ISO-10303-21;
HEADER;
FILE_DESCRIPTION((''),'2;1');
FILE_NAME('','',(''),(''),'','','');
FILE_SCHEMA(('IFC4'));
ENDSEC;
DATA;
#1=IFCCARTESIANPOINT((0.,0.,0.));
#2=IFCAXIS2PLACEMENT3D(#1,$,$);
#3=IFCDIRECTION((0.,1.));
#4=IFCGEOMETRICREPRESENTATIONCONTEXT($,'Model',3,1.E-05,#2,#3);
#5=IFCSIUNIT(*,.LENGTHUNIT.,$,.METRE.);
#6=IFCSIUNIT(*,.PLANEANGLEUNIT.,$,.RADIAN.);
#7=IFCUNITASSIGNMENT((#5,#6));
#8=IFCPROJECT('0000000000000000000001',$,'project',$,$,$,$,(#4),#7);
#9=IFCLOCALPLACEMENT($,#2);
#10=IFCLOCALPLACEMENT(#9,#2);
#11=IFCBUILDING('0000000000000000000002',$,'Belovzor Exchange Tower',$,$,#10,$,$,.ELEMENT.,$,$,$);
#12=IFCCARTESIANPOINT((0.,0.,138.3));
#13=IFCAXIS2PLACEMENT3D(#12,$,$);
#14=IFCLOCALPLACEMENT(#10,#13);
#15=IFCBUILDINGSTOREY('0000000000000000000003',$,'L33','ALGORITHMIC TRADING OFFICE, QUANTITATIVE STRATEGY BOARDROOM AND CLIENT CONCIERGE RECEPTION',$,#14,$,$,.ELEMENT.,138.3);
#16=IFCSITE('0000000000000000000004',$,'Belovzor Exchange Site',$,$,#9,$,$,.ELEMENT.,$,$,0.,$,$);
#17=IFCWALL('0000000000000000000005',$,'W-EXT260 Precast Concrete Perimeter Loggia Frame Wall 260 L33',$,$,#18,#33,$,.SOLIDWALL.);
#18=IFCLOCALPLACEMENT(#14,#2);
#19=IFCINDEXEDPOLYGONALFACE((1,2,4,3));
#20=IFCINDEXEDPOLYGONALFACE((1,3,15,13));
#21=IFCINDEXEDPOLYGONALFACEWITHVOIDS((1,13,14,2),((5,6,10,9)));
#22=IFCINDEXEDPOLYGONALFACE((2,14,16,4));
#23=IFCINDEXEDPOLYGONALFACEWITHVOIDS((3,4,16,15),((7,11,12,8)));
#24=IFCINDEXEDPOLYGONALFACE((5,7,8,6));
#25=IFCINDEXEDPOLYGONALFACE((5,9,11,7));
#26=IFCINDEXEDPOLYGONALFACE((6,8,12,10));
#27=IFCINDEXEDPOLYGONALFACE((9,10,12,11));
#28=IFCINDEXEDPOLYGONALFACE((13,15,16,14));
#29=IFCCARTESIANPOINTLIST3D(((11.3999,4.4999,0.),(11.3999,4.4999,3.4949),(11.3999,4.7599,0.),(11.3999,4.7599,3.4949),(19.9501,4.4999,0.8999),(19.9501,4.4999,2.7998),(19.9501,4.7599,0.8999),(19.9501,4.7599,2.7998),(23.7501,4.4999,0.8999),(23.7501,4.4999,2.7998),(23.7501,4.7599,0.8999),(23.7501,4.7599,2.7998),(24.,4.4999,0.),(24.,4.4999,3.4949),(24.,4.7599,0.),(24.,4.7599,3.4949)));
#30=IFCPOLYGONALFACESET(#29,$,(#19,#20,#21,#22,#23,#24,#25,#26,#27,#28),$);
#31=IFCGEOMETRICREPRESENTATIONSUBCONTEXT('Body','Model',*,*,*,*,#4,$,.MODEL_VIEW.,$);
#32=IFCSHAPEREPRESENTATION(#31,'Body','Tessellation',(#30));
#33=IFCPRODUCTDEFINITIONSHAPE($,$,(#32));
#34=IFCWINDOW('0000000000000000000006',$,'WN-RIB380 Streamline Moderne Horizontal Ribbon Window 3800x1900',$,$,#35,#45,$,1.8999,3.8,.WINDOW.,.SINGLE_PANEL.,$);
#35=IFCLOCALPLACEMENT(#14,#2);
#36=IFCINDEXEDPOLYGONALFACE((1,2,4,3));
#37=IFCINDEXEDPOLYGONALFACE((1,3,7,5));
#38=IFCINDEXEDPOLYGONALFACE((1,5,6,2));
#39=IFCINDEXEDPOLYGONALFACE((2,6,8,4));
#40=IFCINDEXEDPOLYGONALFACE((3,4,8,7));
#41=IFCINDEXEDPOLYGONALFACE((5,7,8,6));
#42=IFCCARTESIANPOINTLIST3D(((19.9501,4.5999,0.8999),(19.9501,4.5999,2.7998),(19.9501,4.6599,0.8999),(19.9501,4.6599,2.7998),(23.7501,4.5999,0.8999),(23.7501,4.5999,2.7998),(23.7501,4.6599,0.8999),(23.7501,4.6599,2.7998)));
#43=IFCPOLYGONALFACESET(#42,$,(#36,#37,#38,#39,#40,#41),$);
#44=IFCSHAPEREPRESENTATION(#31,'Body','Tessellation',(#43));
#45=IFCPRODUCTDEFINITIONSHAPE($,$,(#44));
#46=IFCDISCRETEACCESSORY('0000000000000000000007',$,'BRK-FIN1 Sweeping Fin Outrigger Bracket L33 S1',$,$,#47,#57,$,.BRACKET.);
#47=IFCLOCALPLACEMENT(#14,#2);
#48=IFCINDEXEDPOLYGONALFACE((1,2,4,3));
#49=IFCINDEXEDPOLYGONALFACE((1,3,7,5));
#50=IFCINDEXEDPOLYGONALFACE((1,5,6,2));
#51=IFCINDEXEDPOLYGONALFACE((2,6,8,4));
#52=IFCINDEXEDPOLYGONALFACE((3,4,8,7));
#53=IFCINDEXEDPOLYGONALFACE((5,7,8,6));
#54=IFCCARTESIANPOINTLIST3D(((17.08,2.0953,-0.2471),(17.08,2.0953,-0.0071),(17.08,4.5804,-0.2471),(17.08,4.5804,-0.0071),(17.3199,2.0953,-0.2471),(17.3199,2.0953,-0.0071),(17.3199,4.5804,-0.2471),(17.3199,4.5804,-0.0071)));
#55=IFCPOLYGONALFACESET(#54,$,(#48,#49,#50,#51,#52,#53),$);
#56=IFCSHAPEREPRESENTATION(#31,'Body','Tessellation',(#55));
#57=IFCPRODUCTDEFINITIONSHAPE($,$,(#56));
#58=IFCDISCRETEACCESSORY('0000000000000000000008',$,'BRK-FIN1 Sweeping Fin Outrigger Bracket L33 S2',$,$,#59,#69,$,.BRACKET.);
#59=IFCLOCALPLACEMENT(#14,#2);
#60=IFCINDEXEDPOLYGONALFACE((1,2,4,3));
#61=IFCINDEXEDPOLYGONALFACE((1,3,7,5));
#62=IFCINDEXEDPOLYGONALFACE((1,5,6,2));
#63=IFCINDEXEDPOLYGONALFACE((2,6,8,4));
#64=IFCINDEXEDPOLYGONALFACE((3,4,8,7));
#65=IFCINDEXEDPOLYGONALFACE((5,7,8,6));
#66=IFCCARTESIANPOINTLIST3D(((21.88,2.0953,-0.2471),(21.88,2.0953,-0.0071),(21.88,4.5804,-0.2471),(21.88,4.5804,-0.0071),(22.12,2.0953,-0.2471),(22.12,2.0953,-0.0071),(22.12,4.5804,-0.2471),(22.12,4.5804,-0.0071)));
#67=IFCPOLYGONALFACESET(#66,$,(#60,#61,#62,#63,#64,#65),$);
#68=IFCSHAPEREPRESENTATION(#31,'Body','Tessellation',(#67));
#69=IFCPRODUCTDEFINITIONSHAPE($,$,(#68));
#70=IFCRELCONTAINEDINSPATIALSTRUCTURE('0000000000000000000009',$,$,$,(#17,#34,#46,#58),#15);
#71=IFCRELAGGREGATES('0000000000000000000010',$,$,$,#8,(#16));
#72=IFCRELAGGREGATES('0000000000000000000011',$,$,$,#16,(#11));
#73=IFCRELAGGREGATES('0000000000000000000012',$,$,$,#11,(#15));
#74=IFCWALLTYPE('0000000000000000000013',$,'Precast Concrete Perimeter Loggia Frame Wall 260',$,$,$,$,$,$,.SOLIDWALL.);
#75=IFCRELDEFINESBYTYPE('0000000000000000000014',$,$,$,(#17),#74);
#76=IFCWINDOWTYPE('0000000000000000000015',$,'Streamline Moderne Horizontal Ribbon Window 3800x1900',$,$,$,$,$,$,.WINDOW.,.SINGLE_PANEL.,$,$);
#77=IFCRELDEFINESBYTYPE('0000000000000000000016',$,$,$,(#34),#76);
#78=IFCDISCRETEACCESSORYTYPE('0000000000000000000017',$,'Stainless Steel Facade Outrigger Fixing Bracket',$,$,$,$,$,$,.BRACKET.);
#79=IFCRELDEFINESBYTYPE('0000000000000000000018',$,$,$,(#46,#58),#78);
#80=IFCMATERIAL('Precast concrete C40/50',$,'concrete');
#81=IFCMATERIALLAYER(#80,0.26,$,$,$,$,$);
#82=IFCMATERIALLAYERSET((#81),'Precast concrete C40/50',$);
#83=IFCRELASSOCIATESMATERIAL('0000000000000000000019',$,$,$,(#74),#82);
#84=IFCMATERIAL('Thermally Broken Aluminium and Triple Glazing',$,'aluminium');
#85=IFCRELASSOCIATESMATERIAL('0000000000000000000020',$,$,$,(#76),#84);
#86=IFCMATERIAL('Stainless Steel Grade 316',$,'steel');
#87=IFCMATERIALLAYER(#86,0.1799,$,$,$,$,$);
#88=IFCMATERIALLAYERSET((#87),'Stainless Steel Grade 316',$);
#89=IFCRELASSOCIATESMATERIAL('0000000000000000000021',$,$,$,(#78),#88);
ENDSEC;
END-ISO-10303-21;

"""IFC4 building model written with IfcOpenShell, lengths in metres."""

from ifc_helpers import new_model, si_unit, direction, frame, frame_2d, origin, origin_2d, place, context, subcontext, project, spatial, rectangle, extrude, material, layer, layer_set, type_object, element, fill, save


model = new_model("IFC4")

# Units and contexts
model_context = context("Model", 3, precision=1e-05, world=origin(), true_north=direction((0.0, 1.0)))
body_context = subcontext(model_context, "Body", "Model", "MODEL_VIEW")
ifc_project = project(units=[si_unit("LENGTHUNIT", "METRE"), si_unit("PLANEANGLEUNIT", "RADIAN")], contexts=[model_context])

# Site, building, storey
site_placement = place(None, origin())
site = spatial("IfcSite", under=ifc_project, at=site_placement, Name="Belovzor Exchange Site", CompositionType="ELEMENT", RefElevation=0.0)
building_placement = place(site_placement, origin())
building = spatial("IfcBuilding", under=site, at=building_placement, Name="Belovzor Exchange Tower", CompositionType="ELEMENT")
storey_placement = place(building_placement, frame((0.0, 0.0, 138.3)))
storey = spatial("IfcBuildingStorey", under=building, at=storey_placement, Name="L33", Description="ALGORITHMIC TRADING OFFICE, QUANTITATIVE STRATEGY BOARDROOM AND CLIENT CONCIERGE RECEPTION", CompositionType="ELEMENT", Elevation=138.3)

# Wall, opening, window
ifc_material_1 = material(Name="Precast concrete C40/50", Category="concrete")
ifc_layer_1 = layer(ifc_material_1, 0.26)
ifc_layer_set_1 = layer_set([ifc_layer_1], Name="Precast concrete C40/50")
wall_type_1 = type_object("IfcWallType", Name="Precast Concrete Perimeter Loggia Frame Wall 260", PredefinedType="SOLIDWALL", material=ifc_layer_set_1)
wall_1_placement = place(storey_placement, frame((24.0, 4.6299, 0.0), z_axis=(0.0, 0.0, 1.0), x_axis=(-1.0, 0.0, 0.0)))
wall_1 = element("IfcWall", 1, at=wall_1_placement, inside=storey, type_object=wall_type_1, Name="W-EXT260 Precast Concrete Perimeter Loggia Frame Wall 260 L33", PredefinedType="SOLIDWALL", context=body_context, shape_type="SweptSolid", body=[
    extrude(rectangle(XDim=12.6001, YDim=0.26, at=frame_2d((6.3, 0.0))), origin(), (0.0, 0.0, 1.0), 3.4949),
])
opening_1_placement = place(wall_1_placement, frame((0.25, 0.0, 0.8999)))
opening_1 = element("IfcOpeningElement", 2, at=opening_1_placement, cuts=wall_1, PredefinedType="OPENING", context=body_context, shape_type="SweptSolid", body=[
    extrude(rectangle(XDim=3.8, YDim=1.8999, at=frame_2d((1.8999, 0.95))), frame((0.0, 0.1399, 0.0), z_axis=(0.0, -1.0, 0.0), x_axis=(1.0, 0.0, 0.0)), (0.0, 0.0, 1.0), 0.28),
])
ifc_material_2 = material(Name="Thermally Broken Aluminium and Triple Glazing", Category="aluminium")
window_type = type_object("IfcWindowType", Name="Streamline Moderne Horizontal Ribbon Window 3800x1900", PartitioningType="SINGLE_PANEL", PredefinedType="WINDOW", material=ifc_material_2)
window_placement = place(opening_1_placement, origin())
window = element("IfcWindow", 3, at=window_placement, inside=storey, type_object=window_type, Name="WN-RIB380 Streamline Moderne Horizontal Ribbon Window 3800x1900", OverallHeight=1.8999, OverallWidth=3.8, PartitioningType="SINGLE_PANEL", PredefinedType="WINDOW", context=body_context, shape_type="SweptSolid", body=[
    extrude(rectangle(XDim=3.8, YDim=1.8999, at=frame_2d((1.8999, 0.95))), frame((0.0, 0.03, 0.0), z_axis=(0.0, -1.0, 0.0), x_axis=(1.0, 0.0, 0.0)), (0.0, 0.0, 1.0), 0.0601),
])
fill(opening_1, window)

# Discrete accessories
ifc_material_3 = material(Name="Stainless Steel Grade 316", Category="steel")
ifc_layer_2 = layer(ifc_material_3, 0.1799)
ifc_layer_set_2 = layer_set([ifc_layer_2], Name="Stainless Steel Grade 316")
discrete_accessory_type = type_object("IfcDiscreteAccessoryType", Name="Stainless Steel Facade Outrigger Fixing Bracket", PredefinedType="BRACKET", material=ifc_layer_set_2)
for number, where, z_axis, x_axis, name in (
    (4, (17.2, 3.3379, -0.2471), (0.0, 0.0, 1.0), (0.0, 1.0, 0.0), "BRK-FIN1 Sweeping Fin Outrigger Bracket L33 S1"),
    (5, (22.0, 3.3379, -0.2471), (0.0, 0.0, 1.0), (0.0, 1.0, 0.0), "BRK-FIN1 Sweeping Fin Outrigger Bracket L33 S2"),
):
    element("IfcDiscreteAccessory", number, at=place(storey_placement, frame(where, z_axis=z_axis, x_axis=x_axis)), inside=storey, type_object=discrete_accessory_type, Name=name, PredefinedType="BRACKET", context=body_context, shape_type="SweptSolid", body=[
        extrude(rectangle(XDim=2.4851, YDim=0.24, at=origin_2d()), origin(), (0.0, 0.0, 1.0), 0.24),
    ])

save(model, "model.ifc")
